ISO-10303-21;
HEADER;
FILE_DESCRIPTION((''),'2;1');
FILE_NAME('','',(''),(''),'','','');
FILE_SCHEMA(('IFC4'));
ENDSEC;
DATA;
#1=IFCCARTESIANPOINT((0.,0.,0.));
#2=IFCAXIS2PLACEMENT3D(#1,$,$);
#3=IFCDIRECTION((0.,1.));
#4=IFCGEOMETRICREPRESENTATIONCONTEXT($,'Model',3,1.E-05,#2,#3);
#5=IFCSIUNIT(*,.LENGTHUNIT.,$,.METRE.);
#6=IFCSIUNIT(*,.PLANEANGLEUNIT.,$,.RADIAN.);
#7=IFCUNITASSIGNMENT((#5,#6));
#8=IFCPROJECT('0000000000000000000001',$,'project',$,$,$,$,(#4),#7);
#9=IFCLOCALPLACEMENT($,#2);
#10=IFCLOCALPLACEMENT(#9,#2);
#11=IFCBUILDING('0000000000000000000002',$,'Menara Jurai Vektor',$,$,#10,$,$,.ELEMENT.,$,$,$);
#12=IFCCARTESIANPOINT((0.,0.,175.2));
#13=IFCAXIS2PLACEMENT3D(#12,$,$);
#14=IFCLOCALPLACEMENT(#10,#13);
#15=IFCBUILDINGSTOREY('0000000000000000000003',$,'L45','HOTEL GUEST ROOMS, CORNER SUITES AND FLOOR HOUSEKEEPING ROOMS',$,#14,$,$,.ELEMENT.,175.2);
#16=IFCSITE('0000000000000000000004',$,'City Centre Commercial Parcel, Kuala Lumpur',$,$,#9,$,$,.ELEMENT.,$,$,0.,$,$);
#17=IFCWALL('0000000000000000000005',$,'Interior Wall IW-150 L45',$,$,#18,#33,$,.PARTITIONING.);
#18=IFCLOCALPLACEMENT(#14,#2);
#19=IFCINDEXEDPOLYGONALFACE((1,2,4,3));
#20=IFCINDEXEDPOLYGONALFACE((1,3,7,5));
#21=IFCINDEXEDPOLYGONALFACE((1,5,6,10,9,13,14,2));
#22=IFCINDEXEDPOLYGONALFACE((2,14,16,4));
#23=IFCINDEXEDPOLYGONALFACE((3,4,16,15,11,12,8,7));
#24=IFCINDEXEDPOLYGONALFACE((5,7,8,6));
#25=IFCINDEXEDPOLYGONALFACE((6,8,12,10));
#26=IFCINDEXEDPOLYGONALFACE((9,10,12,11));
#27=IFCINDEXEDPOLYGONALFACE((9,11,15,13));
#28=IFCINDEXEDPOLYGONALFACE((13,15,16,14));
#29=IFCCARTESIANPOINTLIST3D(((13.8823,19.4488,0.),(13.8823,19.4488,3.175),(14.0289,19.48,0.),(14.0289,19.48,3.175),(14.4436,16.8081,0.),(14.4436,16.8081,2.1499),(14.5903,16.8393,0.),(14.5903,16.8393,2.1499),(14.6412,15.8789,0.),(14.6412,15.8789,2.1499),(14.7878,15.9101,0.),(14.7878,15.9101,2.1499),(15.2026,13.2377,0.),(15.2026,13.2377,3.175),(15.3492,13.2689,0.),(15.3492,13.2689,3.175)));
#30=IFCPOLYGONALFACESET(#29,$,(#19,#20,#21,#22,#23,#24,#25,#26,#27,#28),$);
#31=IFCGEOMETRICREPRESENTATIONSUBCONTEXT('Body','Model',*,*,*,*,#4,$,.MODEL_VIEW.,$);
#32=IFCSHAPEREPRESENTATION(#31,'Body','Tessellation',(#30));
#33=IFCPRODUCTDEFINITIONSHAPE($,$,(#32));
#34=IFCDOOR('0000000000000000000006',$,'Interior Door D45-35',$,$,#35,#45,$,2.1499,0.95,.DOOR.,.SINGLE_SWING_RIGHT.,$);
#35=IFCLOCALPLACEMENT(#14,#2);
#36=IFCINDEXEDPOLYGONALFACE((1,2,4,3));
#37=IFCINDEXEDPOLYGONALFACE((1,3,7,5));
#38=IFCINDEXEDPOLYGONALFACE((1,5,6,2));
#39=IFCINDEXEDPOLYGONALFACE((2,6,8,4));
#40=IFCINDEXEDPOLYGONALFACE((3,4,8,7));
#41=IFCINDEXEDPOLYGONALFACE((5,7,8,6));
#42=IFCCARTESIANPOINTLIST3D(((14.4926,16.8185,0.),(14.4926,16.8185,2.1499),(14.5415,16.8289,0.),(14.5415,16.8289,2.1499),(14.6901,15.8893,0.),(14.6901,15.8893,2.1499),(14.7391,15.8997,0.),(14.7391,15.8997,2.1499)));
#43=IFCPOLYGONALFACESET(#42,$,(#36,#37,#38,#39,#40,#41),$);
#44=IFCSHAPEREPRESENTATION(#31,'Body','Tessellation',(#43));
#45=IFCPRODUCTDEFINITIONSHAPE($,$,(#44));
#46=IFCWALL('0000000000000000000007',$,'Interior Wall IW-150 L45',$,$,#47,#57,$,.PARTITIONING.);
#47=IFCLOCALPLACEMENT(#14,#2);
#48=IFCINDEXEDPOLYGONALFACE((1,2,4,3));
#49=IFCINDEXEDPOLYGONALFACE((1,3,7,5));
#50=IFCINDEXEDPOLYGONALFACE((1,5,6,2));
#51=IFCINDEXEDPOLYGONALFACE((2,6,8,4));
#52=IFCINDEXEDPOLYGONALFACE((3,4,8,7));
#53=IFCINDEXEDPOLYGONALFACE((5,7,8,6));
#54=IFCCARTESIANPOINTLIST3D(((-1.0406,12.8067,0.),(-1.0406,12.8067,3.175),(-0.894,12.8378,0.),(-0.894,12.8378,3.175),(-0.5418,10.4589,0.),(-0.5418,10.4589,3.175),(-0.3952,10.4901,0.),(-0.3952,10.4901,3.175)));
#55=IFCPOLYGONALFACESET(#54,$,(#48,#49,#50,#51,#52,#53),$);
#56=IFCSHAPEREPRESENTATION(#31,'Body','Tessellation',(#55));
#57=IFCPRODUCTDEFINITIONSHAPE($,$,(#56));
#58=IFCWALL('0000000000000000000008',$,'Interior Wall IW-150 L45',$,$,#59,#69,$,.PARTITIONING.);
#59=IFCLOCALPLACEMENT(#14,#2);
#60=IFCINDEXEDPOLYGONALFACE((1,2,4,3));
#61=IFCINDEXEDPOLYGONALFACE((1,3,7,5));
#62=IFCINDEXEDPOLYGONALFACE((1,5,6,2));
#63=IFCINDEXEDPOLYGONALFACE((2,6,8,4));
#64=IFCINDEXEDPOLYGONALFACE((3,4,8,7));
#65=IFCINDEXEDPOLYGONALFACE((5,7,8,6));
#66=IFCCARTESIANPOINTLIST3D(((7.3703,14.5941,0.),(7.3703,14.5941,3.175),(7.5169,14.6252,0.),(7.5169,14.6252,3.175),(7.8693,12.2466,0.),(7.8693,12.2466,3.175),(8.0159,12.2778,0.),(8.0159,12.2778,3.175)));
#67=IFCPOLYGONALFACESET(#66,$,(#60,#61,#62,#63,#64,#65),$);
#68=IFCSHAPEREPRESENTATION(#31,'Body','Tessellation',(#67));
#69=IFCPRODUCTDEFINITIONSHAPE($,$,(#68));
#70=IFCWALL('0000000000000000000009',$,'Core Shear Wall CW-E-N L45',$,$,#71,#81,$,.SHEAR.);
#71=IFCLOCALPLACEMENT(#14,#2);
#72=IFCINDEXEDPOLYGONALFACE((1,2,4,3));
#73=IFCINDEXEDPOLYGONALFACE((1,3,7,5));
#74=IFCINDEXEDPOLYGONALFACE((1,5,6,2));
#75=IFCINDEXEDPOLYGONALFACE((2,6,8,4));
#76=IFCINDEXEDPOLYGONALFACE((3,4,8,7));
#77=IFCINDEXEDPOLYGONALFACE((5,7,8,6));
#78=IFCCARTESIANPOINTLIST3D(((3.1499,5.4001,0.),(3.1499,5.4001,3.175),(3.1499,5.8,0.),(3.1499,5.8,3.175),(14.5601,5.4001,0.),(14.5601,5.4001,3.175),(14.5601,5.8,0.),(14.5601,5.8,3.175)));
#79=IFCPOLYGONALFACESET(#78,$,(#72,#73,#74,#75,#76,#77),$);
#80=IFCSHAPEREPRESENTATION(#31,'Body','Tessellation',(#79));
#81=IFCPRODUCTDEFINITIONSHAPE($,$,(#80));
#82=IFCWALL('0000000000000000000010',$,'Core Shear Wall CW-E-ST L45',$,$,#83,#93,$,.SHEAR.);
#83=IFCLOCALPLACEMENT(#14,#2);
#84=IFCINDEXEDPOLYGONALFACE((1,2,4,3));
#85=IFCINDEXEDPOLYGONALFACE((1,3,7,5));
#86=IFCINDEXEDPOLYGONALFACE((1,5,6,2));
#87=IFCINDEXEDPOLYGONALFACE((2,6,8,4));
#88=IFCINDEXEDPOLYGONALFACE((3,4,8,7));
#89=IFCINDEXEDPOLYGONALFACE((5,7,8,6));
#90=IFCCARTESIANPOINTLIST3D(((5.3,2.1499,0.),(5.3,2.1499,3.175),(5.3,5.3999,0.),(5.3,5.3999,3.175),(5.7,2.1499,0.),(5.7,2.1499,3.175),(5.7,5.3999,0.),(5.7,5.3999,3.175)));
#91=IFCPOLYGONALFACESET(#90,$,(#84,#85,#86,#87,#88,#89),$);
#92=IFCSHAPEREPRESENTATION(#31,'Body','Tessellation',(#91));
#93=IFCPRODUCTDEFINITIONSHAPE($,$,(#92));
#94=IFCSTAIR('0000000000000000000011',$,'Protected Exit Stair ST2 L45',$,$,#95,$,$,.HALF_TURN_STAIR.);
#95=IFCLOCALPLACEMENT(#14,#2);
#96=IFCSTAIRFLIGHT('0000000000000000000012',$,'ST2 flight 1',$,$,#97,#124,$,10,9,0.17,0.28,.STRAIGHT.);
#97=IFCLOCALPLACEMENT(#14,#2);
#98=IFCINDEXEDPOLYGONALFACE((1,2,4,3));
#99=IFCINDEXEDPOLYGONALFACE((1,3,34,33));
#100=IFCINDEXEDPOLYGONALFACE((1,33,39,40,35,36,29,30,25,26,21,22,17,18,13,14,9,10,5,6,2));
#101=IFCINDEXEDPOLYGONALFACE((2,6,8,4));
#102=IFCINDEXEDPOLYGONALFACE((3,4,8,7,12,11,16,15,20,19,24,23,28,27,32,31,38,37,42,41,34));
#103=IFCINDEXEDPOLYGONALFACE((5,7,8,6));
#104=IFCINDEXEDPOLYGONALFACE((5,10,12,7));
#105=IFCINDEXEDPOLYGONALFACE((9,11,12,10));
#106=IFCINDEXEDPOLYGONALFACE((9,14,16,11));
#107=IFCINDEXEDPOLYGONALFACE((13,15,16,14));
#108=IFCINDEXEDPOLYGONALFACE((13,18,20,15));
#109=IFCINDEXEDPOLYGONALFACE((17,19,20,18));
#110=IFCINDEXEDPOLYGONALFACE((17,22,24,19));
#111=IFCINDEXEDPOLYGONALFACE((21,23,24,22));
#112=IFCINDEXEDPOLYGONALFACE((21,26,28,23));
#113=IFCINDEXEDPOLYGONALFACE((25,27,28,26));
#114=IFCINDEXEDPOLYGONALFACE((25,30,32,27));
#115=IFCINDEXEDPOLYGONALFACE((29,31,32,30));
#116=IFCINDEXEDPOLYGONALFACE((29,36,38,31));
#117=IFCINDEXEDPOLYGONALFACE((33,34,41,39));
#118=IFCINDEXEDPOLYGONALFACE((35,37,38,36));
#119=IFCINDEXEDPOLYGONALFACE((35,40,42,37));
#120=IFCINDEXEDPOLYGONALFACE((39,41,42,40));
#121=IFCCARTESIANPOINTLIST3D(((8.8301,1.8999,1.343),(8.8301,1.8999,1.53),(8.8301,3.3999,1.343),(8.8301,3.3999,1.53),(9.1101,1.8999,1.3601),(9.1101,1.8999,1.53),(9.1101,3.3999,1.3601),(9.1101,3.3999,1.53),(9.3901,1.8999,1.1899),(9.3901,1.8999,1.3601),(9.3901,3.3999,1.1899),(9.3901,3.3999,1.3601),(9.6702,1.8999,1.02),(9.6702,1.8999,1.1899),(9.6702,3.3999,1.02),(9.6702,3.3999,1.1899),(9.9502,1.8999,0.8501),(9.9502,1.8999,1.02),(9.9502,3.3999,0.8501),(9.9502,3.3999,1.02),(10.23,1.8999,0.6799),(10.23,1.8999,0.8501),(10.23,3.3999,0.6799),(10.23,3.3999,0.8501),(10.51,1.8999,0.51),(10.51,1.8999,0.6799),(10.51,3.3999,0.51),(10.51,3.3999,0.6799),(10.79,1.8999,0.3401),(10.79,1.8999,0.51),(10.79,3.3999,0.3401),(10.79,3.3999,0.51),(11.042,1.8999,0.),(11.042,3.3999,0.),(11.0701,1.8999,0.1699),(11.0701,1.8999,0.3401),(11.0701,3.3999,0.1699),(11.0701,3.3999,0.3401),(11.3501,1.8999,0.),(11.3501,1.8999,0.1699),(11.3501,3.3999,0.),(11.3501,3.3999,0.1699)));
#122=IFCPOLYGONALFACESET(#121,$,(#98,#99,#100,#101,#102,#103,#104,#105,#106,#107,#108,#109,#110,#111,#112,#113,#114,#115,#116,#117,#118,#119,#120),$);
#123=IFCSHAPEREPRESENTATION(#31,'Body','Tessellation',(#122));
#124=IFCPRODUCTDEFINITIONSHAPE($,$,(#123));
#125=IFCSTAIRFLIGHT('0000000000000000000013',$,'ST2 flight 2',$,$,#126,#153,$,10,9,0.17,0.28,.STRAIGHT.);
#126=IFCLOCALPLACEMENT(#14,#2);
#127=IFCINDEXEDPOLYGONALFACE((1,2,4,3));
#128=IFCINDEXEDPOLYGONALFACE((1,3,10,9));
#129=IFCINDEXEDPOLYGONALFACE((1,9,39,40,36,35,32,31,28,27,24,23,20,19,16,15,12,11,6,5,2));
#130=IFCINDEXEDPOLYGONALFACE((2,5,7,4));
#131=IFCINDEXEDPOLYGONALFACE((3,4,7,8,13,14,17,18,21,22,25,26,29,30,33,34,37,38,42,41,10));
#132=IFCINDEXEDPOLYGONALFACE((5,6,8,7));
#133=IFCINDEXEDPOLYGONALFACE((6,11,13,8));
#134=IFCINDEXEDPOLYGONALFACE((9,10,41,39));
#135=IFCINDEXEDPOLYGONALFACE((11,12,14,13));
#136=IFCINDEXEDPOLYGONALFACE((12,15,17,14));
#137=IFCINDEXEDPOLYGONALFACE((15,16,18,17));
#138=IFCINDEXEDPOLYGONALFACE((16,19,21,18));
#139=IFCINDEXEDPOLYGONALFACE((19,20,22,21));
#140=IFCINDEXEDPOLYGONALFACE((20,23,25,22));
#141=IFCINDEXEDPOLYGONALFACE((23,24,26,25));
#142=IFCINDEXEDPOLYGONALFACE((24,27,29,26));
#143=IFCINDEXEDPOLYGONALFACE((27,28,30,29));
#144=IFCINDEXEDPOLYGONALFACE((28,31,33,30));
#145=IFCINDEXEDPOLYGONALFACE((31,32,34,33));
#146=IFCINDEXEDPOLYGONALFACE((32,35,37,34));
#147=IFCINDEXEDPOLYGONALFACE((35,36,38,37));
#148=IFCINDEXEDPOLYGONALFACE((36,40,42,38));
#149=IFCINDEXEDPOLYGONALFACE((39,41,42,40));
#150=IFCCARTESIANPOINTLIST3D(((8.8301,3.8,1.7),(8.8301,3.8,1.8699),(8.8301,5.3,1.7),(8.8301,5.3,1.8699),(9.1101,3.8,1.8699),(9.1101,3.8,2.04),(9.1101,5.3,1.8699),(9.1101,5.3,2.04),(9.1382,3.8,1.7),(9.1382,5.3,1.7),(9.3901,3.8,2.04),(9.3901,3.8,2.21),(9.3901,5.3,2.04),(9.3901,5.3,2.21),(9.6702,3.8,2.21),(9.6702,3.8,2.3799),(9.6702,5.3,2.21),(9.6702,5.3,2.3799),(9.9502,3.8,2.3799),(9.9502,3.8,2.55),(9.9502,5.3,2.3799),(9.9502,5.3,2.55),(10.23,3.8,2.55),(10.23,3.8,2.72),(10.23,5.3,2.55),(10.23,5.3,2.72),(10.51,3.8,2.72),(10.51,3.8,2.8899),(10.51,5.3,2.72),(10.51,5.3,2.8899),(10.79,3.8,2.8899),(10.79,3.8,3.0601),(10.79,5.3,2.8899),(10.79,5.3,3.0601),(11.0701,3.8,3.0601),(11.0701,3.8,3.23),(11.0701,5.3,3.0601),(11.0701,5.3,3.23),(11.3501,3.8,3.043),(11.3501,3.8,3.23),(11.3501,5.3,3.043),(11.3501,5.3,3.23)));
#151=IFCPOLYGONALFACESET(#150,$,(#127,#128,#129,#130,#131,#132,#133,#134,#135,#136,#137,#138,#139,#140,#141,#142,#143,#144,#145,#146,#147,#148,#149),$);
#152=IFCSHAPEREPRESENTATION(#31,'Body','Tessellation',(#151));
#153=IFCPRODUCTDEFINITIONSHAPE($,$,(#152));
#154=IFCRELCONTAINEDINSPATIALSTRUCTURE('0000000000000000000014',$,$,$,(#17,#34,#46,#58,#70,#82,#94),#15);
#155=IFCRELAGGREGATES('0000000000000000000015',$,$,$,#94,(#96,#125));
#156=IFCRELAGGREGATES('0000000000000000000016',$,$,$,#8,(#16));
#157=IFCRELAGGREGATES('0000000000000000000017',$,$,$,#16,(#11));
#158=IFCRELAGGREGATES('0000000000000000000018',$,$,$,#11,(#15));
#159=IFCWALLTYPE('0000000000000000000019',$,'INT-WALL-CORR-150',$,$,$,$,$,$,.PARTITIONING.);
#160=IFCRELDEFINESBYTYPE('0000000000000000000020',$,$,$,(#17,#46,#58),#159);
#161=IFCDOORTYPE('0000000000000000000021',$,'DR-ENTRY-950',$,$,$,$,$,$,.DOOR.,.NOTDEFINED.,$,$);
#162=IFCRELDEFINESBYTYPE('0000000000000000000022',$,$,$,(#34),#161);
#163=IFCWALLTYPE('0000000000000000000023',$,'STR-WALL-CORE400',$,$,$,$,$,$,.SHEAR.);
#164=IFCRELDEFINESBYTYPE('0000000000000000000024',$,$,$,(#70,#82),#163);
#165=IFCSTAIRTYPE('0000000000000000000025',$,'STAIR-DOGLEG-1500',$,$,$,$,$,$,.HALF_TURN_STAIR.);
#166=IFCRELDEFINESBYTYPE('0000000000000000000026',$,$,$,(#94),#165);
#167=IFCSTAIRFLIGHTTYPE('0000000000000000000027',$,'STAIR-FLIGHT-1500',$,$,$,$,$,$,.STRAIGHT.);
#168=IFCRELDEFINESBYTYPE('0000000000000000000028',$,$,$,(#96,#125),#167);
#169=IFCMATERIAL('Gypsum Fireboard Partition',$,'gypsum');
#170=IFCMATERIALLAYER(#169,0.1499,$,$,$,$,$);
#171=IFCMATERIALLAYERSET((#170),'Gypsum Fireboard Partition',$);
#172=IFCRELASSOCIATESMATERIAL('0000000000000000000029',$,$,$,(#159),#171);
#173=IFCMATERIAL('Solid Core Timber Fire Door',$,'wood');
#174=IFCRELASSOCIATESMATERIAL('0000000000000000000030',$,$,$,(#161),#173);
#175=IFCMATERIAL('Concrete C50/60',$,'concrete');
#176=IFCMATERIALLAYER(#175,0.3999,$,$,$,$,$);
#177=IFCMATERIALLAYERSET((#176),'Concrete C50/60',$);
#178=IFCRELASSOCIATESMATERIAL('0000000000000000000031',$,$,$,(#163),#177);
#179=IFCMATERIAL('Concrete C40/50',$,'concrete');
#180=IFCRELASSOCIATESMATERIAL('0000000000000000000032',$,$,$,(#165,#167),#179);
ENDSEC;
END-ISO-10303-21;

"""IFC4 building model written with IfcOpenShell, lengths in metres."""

from ifc_helpers import new_model, si_unit, direction, frame, frame_2d, origin, place, context, subcontext, project, spatial, polyline, rectangle, outline, extrude, material, layer, layer_set, type_object, element, fill, aggregate, save


model = new_model("IFC4")

# Units and contexts
model_context = context("Model", 3, precision=1e-05, world=origin(), true_north=direction((0.0, 1.0)))
body_context = subcontext(model_context, "Body", "Model", "MODEL_VIEW")
ifc_project = project(units=[si_unit("LENGTHUNIT", "METRE"), si_unit("PLANEANGLEUNIT", "RADIAN")], contexts=[model_context])

# Site, building, storey
site_placement = place(None, origin())
site = spatial("IfcSite", under=ifc_project, at=site_placement, Name="City Centre Commercial Parcel, Kuala Lumpur", CompositionType="ELEMENT", RefElevation=0.0)
building_placement = place(site_placement, origin())
building = spatial("IfcBuilding", under=site, at=building_placement, Name="Menara Jurai Vektor", CompositionType="ELEMENT")
storey_placement = place(building_placement, frame((0.0, 0.0, 175.2)))
storey = spatial("IfcBuildingStorey", under=building, at=storey_placement, Name="L45", Description="HOTEL GUEST ROOMS, CORNER SUITES AND FLOOR HOUSEKEEPING ROOMS", CompositionType="ELEMENT", Elevation=175.2)

# Shared definitions
ifc_material_1 = material(Name="Concrete C50/60", Category="concrete")

# Shared definitions
ifc_material_2 = material(Name="Concrete C40/50", Category="concrete")

# Shared definitions
ifc_material_3 = material(Name="Gypsum Fireboard Partition", Category="gypsum")
ifc_layer_1 = layer(ifc_material_3, 0.1499)
ifc_layer_set_1 = layer_set([ifc_layer_1], Name="Gypsum Fireboard Partition")
wall_type_1 = type_object("IfcWallType", Name="INT-WALL-CORR-150", PredefinedType="PARTITIONING", material=ifc_layer_set_1)

# Shared definitions
ifc_material_4 = material(Name="Solid Core Timber Fire Door", Category="wood")
door_type_1 = type_object("IfcDoorType", Name="DR-ENTRY-950", OperationType="NOTDEFINED", PredefinedType="DOOR", material=ifc_material_4)

# Wall, opening, door
wall_1_placement = place(storey_placement, frame((15.2759, 13.2534, 0.0), z_axis=(0.0, 0.0, 1.0), x_axis=(-0.207925, 0.978145, 0.0)))
wall_1 = element("IfcWall", 1, at=wall_1_placement, inside=storey, type_object=wall_type_1, Name="Interior Wall IW-150 L45", PredefinedType="PARTITIONING", context=body_context, shape_type="SweptSolid", body=[
    extrude(rectangle(XDim=6.3499, YDim=0.1499, at=frame_2d((3.1748, 0.0))), origin(), (0.0, 0.0, 1.0), 3.175),
])
opening_1_placement = place(wall_1_placement, frame((2.7, 0.0, 0.0)))
opening_1 = element("IfcOpeningElement", 2, at=opening_1_placement, cuts=wall_1, PredefinedType="OPENING", context=body_context, shape_type="SweptSolid", body=[
    extrude(rectangle(XDim=0.95, YDim=2.1499, at=frame_2d((0.4751, 1.075))), frame((0.0, 0.085, 0.0), z_axis=(0.0, -1.0, 0.0), x_axis=(1.0, 0.0, 0.0)), (0.0, 0.0, 1.0), 0.1699),
])
door_1_placement = place(opening_1_placement, origin())
door_1 = element("IfcDoor", 3, at=door_1_placement, inside=storey, type_object=door_type_1, Name="Interior Door D45-35", OperationType="SINGLE_SWING_RIGHT", OverallHeight=2.1499, OverallWidth=0.95, PredefinedType="DOOR", context=body_context, shape_type="SweptSolid", body=[
    extrude(rectangle(XDim=0.95, YDim=2.1499, at=frame_2d((0.4751, 1.075))), frame((0.0, 0.0249, 0.0), z_axis=(0.0, -1.0, 0.0), x_axis=(1.0, 0.0, 0.0)), (0.0, 0.0, 1.0), 0.05),
])
fill(opening_1, door_1)

# Wall
wall_2_placement = place(storey_placement, frame((-0.4685, 10.4744, 0.0), z_axis=(0.0, 0.0, 1.0), x_axis=(-0.20782, 0.978167, 0.0)))
element("IfcWall", 4, at=wall_2_placement, inside=storey, type_object=wall_type_1, Name="Interior Wall IW-150 L45", PredefinedType="PARTITIONING", context=body_context, shape_type="SweptSolid", body=[
    extrude(rectangle(XDim=2.4001, YDim=0.1499, at=frame_2d((1.2002, 0.0))), origin(), (0.0, 0.0, 1.0), 3.175),
])

# Wall
wall_3_placement = place(storey_placement, frame((7.9426, 12.2622, 0.0), z_axis=(0.0, 0.0, 1.0), x_axis=(-0.207938, 0.978142, 0.0)))
element("IfcWall", 5, at=wall_3_placement, inside=storey, type_object=wall_type_1, Name="Interior Wall IW-150 L45", PredefinedType="PARTITIONING", context=body_context, shape_type="SweptSolid", body=[
    extrude(rectangle(XDim=2.3999, YDim=0.1499, at=frame_2d((1.2, 0.0))), origin(), (0.0, 0.0, 1.0), 3.175),
])

# Walls
ifc_layer_2 = layer(ifc_material_1, 0.3999)
ifc_layer_set_2 = layer_set([ifc_layer_2], Name="Concrete C50/60")
wall_type_2 = type_object("IfcWallType", Name="STR-WALL-CORE400", PredefinedType="SHEAR", material=ifc_layer_set_2)
wall_4_placement = place(storey_placement, frame((3.1499, 5.6001, 0.0), z_axis=(0.0, 0.0, 1.0), x_axis=(1.0, 0.0, 0.0)))
element("IfcWall", 6, at=wall_4_placement, inside=storey, type_object=wall_type_2, Name="Core Shear Wall CW-E-N L45", PredefinedType="SHEAR", context=body_context, shape_type="SweptSolid", body=[
    extrude(rectangle(XDim=11.4102, YDim=0.3999, at=frame_2d((5.7051, 0.0))), origin(), (0.0, 0.0, 1.0), 3.175),
])
wall_5_placement = place(storey_placement, frame((5.5, 2.1499, 0.0), z_axis=(0.0, 0.0, 1.0), x_axis=(0.0, 1.0, 0.0)))
element("IfcWall", 7, at=wall_5_placement, inside=storey, type_object=wall_type_2, Name="Core Shear Wall CW-E-ST L45", PredefinedType="SHEAR", context=body_context, shape_type="SweptSolid", body=[
    extrude(rectangle(XDim=3.25, YDim=0.3999, at=frame_2d((1.625, 0.0))), origin(), (0.0, 0.0, 1.0), 3.175),
])

# Stair, stair flights
stair_type = type_object("IfcStairType", Name="STAIR-DOGLEG-1500", PredefinedType="HALF_TURN_STAIR", material=ifc_material_2)
stair_placement = place(storey_placement, origin())
stair = element("IfcStair", 8, at=stair_placement, inside=storey, type_object=stair_type, Name="Protected Exit Stair ST2 L45", PredefinedType="HALF_TURN_STAIR")
stair_flight_type = type_object("IfcStairFlightType", Name="STAIR-FLIGHT-1500", PredefinedType="STRAIGHT", material=ifc_material_2)
stair_flight_1_placement = place(storey_placement, frame((11.3501, 2.6499, 0.0), z_axis=(0.0, 0.0, 1.0), x_axis=(-1.0, 0.0, 0.0)))
stair_flight_1 = element("IfcStairFlight", 9, at=stair_flight_1_placement, type_object=stair_flight_type, Name="ST2 flight 1", NumberOfRisers=10, NumberOfTreads=9, PredefinedType="STRAIGHT", RiserHeight=0.17, TreadLength=0.28, context=body_context, shape_type="SweptSolid", body=[
    extrude(outline(polyline([(0.0, 0.0), (0.0, 0.1699), (0.28, 0.1699), (0.28, 0.3401), (0.5601, 0.3401), (0.5601, 0.51), (0.8401, 0.51), (0.8401, 0.6799), (1.1201, 0.6799), (1.1201, 0.8501), (1.3999, 0.8501), (1.3999, 1.02), (1.6799, 1.02), (1.6799, 1.1899), (1.96, 1.1899), (1.96, 1.3601), (2.24, 1.3601), (2.24, 1.53), (2.52, 1.53), (2.52, 1.7), (2.52, 1.343), (0.3081, 0.0), (0.0, 0.0)])), frame((0.0, 0.75, 0.0), z_axis=(0.0, -1.0, 0.0), x_axis=(1.0, 0.0, 0.0)), (0.0, 0.0, 1.0), 1.5),
])
stair_flight_2_placement = place(storey_placement, frame((8.8301, 4.55, 1.7), z_axis=(0.0, 0.0, 1.0), x_axis=(1.0, 0.0, 0.0)))
stair_flight_2 = element("IfcStairFlight", 10, at=stair_flight_2_placement, type_object=stair_flight_type, Name="ST2 flight 2", NumberOfRisers=10, NumberOfTreads=9, PredefinedType="STRAIGHT", RiserHeight=0.17, TreadLength=0.28, context=body_context, shape_type="SweptSolid", body=[
    extrude(outline(polyline([(0.0, 0.0), (0.0, 0.1699), (0.28, 0.1699), (0.28, 0.3401), (0.5601, 0.3401), (0.5601, 0.51), (0.8401, 0.51), (0.8401, 0.6799), (1.1201, 0.6799), (1.1201, 0.8501), (1.3999, 0.8501), (1.3999, 1.02), (1.6799, 1.02), (1.6799, 1.1899), (1.96, 1.1899), (1.96, 1.3601), (2.24, 1.3601), (2.24, 1.53), (2.52, 1.53), (2.52, 1.7), (2.52, 1.343), (0.3081, 0.0), (0.0, 0.0)])), frame((0.0, 0.75, 0.0), z_axis=(0.0, -1.0, 0.0), x_axis=(1.0, 0.0, 0.0)), (0.0, 0.0, 1.0), 1.5),
])
aggregate(stair, [stair_flight_1, stair_flight_2])

save(model, "model.ifc")
